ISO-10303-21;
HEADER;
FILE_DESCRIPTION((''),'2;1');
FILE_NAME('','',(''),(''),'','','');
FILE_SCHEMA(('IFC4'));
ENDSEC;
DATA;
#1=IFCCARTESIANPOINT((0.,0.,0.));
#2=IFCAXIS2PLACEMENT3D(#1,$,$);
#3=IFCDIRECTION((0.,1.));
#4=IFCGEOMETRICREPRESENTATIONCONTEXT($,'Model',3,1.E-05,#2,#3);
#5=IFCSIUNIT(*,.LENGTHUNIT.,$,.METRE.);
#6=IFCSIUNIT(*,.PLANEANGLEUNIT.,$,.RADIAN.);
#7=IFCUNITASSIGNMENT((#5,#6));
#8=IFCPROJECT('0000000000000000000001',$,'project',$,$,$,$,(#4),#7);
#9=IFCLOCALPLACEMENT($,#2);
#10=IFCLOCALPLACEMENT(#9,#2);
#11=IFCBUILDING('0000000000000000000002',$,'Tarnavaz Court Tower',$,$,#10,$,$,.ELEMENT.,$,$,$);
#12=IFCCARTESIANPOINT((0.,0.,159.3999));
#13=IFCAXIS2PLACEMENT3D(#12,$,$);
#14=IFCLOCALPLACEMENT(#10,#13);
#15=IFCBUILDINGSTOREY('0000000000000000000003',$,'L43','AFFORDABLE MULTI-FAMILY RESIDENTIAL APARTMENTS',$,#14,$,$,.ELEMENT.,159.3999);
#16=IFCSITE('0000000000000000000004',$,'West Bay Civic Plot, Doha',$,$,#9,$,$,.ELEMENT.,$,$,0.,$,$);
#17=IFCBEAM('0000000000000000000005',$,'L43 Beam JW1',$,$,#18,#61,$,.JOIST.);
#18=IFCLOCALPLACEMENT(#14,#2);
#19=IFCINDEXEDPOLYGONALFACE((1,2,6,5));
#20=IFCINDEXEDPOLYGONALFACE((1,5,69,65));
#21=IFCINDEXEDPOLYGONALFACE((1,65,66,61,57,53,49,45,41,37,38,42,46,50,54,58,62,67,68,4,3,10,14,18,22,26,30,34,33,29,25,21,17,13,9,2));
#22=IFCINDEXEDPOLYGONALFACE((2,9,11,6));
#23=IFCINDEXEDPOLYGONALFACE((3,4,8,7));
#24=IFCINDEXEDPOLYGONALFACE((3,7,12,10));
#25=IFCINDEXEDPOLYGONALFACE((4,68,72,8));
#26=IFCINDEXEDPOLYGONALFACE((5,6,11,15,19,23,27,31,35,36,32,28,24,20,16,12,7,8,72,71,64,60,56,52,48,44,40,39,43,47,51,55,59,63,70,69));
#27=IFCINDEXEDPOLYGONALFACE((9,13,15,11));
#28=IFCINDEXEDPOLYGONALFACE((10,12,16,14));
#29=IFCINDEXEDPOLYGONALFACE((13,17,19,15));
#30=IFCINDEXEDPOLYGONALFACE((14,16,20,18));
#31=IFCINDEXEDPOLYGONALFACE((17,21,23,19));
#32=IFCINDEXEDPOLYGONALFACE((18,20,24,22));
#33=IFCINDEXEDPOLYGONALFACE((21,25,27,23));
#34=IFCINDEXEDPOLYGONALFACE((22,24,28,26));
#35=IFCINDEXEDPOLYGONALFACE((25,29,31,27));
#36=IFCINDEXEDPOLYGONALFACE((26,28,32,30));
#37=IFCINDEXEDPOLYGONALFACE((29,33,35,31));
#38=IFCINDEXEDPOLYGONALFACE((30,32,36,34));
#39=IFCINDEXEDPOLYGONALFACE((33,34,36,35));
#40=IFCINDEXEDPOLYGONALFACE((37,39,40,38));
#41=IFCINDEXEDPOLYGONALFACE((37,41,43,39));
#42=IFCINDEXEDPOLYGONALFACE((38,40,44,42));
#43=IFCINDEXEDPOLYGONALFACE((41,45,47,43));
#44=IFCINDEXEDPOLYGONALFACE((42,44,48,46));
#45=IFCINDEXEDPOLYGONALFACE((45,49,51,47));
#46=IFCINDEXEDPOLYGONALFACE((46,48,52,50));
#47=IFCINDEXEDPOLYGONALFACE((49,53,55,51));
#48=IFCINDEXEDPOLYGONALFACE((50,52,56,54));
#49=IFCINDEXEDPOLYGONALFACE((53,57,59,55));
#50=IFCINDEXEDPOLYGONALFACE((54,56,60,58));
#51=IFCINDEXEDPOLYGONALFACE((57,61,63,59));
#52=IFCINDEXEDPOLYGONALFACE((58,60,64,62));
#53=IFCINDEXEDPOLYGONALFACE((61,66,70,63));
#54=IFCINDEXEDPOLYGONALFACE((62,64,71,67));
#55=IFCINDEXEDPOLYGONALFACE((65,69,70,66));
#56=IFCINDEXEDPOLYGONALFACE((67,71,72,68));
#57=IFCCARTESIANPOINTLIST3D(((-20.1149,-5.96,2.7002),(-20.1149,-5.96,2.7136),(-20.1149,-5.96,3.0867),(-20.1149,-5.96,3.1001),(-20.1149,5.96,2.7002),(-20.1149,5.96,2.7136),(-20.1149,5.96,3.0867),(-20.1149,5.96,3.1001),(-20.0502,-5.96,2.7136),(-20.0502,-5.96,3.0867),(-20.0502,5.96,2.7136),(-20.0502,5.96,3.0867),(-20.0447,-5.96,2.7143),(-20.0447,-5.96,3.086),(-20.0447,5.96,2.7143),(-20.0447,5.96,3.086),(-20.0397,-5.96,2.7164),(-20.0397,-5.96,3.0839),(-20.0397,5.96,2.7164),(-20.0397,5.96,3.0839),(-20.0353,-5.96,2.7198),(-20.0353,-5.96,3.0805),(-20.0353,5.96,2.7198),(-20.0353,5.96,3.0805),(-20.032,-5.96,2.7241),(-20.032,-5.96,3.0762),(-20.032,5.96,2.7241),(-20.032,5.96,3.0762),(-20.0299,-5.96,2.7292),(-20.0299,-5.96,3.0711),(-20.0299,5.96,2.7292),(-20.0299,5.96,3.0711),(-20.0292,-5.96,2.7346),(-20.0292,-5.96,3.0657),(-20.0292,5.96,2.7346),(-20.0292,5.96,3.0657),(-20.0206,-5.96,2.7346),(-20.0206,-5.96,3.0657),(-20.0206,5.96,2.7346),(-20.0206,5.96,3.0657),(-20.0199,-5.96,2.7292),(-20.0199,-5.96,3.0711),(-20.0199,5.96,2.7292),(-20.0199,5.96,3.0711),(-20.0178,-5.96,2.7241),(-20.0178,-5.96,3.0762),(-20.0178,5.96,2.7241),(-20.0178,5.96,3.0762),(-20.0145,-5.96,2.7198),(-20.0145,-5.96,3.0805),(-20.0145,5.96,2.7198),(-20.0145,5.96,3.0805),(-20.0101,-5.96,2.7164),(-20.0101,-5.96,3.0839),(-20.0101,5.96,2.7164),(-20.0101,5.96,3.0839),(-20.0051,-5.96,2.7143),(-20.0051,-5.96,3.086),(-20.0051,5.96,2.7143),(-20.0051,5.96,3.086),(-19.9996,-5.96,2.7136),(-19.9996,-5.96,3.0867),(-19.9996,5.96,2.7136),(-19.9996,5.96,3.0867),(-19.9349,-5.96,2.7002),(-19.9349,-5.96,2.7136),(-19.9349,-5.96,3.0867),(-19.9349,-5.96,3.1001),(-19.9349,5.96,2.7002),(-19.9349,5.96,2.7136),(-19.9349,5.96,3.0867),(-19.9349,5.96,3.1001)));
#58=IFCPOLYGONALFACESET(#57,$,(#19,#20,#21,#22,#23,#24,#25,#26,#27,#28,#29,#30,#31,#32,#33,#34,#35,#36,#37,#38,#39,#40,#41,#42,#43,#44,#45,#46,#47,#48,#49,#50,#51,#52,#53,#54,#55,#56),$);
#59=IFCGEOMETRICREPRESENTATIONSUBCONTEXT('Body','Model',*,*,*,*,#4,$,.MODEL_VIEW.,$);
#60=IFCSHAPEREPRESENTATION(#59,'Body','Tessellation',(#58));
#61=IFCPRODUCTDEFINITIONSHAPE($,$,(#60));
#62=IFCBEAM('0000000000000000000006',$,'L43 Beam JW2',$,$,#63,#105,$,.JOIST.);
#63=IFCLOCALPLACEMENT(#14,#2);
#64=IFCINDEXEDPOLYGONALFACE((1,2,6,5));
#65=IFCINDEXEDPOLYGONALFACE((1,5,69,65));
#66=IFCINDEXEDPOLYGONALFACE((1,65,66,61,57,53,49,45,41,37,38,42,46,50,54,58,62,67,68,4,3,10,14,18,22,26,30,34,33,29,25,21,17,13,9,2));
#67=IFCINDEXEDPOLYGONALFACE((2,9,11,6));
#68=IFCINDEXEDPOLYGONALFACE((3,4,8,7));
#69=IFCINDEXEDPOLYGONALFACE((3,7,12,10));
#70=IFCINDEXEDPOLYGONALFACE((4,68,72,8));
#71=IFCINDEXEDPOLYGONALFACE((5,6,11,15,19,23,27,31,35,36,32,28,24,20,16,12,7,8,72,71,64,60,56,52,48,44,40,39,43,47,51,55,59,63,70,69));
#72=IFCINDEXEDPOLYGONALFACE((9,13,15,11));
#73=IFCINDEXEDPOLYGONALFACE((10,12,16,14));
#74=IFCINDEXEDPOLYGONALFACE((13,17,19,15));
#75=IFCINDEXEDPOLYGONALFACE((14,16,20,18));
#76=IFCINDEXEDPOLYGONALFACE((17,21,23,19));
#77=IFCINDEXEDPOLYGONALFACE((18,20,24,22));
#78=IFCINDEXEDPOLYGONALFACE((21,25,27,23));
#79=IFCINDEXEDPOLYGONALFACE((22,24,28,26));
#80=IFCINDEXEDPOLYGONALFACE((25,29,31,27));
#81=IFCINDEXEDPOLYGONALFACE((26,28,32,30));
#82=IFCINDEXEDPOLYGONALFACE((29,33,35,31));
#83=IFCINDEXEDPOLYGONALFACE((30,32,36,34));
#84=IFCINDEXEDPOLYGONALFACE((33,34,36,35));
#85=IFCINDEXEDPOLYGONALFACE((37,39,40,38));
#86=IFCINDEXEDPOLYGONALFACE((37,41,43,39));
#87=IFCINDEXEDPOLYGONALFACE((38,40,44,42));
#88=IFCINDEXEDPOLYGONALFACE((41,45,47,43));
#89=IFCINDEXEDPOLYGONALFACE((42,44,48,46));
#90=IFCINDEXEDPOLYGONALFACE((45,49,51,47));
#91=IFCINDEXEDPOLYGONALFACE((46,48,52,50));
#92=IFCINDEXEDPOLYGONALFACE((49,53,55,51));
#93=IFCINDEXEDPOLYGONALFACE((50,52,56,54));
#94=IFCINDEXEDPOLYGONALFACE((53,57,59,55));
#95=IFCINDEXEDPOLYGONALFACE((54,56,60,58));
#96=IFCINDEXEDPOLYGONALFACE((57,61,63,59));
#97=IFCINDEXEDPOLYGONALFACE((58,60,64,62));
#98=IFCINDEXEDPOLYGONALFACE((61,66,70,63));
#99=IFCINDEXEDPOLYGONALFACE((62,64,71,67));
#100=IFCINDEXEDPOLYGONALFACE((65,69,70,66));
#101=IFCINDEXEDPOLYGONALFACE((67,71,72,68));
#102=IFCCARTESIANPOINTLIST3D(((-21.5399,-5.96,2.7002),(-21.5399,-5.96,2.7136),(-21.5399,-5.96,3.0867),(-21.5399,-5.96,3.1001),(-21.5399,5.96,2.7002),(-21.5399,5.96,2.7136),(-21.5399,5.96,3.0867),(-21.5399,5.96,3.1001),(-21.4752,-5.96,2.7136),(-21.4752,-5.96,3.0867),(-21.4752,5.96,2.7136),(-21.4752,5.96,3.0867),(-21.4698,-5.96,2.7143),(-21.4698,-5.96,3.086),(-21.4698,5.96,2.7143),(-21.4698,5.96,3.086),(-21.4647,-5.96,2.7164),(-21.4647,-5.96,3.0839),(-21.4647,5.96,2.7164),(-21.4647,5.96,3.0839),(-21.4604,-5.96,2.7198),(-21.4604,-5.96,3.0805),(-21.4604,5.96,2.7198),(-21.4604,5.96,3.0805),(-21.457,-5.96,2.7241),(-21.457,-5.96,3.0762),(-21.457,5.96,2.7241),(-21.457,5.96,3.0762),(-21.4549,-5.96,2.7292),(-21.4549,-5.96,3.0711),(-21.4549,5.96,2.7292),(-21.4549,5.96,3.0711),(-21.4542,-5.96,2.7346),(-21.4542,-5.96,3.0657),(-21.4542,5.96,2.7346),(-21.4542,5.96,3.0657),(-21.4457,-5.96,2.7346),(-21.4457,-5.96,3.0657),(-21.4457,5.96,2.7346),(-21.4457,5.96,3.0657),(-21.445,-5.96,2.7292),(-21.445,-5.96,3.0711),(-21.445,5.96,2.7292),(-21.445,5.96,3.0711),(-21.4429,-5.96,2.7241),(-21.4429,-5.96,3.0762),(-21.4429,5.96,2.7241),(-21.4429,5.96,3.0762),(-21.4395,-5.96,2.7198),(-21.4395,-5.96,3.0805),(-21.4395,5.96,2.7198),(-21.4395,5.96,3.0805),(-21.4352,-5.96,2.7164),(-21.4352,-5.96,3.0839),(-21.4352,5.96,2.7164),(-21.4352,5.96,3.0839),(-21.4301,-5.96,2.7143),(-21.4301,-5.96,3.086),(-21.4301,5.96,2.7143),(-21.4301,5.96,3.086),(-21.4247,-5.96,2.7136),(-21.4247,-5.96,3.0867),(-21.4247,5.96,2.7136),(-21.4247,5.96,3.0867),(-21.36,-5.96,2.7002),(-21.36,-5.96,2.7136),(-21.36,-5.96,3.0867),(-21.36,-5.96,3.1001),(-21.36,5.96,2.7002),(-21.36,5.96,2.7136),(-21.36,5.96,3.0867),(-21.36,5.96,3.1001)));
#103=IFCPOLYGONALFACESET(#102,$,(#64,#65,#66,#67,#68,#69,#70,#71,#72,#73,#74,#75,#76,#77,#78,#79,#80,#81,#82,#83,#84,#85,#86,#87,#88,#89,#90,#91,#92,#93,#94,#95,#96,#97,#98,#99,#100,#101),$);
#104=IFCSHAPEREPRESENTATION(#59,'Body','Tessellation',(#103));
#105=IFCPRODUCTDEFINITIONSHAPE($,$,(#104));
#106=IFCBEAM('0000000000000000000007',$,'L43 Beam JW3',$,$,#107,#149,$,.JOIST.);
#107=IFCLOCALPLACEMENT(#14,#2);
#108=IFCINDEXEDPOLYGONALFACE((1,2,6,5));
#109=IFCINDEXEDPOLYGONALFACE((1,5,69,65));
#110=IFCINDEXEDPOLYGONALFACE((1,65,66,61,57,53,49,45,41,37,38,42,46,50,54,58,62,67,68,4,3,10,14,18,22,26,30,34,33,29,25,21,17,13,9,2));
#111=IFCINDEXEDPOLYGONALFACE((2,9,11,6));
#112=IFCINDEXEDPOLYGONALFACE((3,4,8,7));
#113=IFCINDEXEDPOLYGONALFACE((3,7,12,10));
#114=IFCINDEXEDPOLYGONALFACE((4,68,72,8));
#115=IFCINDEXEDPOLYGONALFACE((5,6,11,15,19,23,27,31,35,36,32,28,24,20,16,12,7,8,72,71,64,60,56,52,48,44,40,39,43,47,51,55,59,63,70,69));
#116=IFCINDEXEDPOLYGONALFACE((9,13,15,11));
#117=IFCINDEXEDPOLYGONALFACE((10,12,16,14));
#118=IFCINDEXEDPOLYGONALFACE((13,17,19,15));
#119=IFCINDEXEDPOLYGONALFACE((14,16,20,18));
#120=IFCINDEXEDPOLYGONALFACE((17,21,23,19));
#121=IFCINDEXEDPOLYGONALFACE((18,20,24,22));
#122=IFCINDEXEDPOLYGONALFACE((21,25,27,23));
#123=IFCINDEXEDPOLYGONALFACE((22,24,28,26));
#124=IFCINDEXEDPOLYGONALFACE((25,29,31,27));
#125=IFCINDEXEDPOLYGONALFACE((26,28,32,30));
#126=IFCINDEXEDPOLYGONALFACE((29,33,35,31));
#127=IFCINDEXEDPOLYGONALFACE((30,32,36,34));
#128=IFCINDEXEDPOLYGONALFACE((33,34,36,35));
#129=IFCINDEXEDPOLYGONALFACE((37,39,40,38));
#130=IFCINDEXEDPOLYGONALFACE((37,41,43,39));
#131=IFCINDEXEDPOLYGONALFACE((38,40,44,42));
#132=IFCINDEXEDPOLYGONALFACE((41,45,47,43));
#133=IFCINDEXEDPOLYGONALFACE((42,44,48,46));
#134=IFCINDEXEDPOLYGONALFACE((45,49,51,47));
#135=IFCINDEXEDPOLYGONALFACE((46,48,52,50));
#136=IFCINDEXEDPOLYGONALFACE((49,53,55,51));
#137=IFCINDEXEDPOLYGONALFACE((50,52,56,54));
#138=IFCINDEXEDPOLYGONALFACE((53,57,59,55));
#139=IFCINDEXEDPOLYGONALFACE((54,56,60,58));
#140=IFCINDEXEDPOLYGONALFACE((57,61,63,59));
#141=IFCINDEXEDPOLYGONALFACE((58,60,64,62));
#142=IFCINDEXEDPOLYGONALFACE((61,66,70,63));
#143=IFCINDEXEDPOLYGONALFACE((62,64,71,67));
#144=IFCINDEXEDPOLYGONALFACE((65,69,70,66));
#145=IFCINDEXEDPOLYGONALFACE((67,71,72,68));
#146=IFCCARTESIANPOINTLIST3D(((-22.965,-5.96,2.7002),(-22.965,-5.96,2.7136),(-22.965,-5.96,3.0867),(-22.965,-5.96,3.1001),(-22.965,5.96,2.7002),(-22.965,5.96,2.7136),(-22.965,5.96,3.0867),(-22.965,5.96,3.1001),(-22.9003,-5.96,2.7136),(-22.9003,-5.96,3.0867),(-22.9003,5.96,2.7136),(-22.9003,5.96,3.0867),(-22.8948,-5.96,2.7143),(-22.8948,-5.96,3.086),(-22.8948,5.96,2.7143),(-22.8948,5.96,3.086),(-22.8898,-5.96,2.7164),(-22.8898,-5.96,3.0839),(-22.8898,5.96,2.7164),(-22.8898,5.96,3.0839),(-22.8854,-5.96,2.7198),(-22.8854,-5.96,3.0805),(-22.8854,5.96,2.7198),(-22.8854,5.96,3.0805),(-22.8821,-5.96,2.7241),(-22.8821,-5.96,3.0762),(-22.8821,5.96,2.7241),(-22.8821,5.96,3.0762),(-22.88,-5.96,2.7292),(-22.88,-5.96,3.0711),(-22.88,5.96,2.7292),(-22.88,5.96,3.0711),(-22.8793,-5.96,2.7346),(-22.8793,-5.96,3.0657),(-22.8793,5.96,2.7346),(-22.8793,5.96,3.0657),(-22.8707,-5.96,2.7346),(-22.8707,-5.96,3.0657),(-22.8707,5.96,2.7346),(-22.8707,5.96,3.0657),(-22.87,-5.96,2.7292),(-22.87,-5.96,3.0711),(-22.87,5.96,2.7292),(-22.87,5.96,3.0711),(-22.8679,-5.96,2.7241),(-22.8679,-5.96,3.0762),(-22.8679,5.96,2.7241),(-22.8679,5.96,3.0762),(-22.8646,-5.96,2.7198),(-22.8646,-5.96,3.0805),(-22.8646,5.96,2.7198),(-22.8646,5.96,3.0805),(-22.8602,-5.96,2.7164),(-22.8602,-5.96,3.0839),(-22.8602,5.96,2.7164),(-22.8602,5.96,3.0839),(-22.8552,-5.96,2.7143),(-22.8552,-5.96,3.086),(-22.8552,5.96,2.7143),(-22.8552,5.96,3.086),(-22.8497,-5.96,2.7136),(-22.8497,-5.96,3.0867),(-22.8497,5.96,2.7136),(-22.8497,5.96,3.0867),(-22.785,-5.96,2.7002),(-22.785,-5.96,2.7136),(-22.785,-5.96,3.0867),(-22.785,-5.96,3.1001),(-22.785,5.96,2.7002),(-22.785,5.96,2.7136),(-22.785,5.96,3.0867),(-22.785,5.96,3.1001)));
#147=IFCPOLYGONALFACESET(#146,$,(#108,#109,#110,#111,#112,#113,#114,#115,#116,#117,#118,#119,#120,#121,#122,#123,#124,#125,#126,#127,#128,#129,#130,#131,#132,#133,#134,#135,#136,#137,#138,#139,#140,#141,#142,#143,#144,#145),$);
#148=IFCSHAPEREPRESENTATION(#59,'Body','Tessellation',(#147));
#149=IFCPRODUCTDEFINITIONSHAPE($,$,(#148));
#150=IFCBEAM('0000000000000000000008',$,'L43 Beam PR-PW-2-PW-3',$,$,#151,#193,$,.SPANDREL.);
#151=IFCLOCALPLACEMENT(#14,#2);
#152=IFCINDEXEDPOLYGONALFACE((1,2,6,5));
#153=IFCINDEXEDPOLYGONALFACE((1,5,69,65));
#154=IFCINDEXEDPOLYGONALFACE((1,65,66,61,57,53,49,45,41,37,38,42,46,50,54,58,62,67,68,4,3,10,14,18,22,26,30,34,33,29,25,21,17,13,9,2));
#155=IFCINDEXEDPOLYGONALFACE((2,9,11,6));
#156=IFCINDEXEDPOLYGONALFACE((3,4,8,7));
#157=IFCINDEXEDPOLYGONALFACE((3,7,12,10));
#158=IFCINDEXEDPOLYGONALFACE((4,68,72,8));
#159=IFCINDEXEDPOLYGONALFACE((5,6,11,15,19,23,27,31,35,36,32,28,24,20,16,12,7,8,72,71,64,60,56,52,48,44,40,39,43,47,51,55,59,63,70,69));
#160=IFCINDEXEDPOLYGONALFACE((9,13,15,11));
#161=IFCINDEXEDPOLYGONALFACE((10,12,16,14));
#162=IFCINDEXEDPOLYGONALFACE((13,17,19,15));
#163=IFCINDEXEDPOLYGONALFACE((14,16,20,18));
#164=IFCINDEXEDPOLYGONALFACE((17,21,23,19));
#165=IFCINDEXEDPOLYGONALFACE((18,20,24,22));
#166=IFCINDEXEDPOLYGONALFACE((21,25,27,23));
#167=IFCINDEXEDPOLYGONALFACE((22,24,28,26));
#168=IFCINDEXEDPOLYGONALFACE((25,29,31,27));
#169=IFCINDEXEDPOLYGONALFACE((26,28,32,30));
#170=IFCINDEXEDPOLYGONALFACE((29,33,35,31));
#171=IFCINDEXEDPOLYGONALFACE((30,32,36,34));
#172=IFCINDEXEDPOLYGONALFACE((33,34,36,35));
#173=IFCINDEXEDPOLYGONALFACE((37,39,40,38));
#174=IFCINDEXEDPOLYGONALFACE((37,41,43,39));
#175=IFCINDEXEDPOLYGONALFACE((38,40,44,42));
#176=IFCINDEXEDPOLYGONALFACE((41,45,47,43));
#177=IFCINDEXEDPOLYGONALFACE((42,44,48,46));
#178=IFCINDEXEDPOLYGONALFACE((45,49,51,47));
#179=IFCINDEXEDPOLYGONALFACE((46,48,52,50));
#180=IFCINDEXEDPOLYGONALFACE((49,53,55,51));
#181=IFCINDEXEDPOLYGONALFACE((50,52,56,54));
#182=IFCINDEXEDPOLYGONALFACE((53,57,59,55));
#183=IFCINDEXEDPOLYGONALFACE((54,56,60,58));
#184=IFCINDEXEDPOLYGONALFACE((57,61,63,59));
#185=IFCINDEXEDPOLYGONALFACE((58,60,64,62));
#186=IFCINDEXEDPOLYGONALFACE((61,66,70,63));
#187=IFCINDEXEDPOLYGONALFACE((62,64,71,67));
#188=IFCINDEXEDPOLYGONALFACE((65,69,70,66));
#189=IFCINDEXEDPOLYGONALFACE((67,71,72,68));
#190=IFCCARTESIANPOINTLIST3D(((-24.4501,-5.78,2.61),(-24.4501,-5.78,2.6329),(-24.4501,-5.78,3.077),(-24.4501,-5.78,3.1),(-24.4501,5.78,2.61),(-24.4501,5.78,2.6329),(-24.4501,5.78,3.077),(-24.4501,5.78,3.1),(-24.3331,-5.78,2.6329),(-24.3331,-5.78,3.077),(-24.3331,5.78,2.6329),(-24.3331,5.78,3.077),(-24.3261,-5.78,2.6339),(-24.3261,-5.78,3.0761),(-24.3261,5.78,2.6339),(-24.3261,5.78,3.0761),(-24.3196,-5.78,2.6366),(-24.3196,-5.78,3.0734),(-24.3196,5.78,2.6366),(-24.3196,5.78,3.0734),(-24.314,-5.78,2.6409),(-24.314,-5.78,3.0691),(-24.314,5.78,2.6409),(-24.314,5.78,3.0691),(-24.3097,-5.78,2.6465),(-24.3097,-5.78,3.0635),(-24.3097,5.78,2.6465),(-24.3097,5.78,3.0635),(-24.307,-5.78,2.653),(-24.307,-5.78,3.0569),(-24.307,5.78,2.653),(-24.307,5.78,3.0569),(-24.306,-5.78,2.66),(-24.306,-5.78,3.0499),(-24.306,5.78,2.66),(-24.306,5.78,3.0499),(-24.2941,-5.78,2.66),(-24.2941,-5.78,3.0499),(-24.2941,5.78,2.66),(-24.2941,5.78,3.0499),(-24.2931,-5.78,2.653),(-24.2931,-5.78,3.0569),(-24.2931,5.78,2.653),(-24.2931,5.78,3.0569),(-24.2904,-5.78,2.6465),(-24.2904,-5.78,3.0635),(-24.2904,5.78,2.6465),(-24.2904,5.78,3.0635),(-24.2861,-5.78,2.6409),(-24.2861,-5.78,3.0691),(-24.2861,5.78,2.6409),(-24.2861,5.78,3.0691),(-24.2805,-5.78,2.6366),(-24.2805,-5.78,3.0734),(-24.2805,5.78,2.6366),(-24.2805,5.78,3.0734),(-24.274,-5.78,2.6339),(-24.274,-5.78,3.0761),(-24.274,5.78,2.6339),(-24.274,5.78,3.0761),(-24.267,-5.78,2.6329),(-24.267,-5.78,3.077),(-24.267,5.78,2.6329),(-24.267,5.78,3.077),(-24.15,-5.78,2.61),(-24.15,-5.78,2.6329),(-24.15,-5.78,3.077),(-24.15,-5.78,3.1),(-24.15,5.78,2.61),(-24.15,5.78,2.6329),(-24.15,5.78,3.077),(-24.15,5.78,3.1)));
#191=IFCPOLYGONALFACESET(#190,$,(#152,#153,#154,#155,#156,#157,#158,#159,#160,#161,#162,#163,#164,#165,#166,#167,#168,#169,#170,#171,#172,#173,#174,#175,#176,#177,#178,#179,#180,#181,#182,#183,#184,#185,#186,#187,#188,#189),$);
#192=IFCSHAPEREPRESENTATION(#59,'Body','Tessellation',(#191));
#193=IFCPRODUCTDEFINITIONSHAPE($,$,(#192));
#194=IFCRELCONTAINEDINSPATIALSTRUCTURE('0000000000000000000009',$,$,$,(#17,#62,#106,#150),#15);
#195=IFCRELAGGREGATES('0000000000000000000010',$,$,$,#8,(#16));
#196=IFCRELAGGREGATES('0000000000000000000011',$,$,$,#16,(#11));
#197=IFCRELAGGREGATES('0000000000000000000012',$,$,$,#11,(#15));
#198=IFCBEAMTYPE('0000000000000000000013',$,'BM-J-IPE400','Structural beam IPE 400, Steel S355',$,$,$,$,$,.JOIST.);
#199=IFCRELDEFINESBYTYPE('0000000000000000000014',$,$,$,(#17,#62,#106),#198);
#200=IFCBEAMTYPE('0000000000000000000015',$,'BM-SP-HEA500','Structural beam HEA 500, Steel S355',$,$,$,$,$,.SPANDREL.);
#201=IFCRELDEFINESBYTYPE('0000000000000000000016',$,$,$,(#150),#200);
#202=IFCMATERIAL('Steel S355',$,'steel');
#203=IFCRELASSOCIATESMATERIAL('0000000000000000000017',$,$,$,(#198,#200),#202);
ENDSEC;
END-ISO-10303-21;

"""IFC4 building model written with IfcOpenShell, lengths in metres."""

from ifc_helpers import new_model, si_unit, direction, frame, origin, origin_2d, place, context, subcontext, project, spatial, i_section, extrude, material, material_profile, profile_set, type_object, element, save


model = new_model("IFC4")

# Units and contexts
model_context = context("Model", 3, precision=1e-05, world=origin(), true_north=direction((0.0, 1.0)))
body_context = subcontext(model_context, "Body", "Model", "MODEL_VIEW")
ifc_project = project(units=[si_unit("LENGTHUNIT", "METRE"), si_unit("PLANEANGLEUNIT", "RADIAN")], contexts=[model_context])

# Site, building, storey
site_placement = place(None, origin())
site = spatial("IfcSite", under=ifc_project, at=site_placement, Name="West Bay Civic Plot, Doha", CompositionType="ELEMENT", RefElevation=0.0)
building_placement = place(site_placement, origin())
building = spatial("IfcBuilding", under=site, at=building_placement, Name="Tarnavaz Court Tower", CompositionType="ELEMENT")
storey_placement = place(building_placement, frame((0.0, 0.0, 159.3999)))
storey = spatial("IfcBuildingStorey", under=building, at=storey_placement, Name="L43", Description="AFFORDABLE MULTI-FAMILY RESIDENTIAL APARTMENTS", CompositionType="ELEMENT", Elevation=159.3999)

# Beams
ifc_material_1 = material(Name="Steel S355", Category="steel")
ifc_material_profile_1 = material_profile(ifc_material_1, i_section(OverallWidth=0.1799, OverallDepth=0.3999, WebThickness=0.0085, FlangeThickness=0.0134, FilletRadius=0.021, at=origin_2d()), Name="IPE 400")
ifc_profile_set_1 = profile_set([ifc_material_profile_1], Name="Steel S355")
beam_type_1 = type_object("IfcBeamType", Name="BM-J-IPE400", Description="Structural beam IPE 400, Steel S355", PredefinedType="JOIST", material=ifc_profile_set_1)
for number, where, z_axis, x_axis, name in (
    (1, (-20.0249, -5.96, 2.9001), (0.0, 1.0, 0.0), (-1.0, 0.0, 0.0), "L43 Beam JW1"),
    (2, (-21.45, -5.96, 2.9001), (0.0, 1.0, 0.0), (-1.0, 0.0, 0.0), "L43 Beam JW2"),
    (3, (-22.875, -5.96, 2.9001), (0.0, 1.0, 0.0), (-1.0, 0.0, 0.0), "L43 Beam JW3"),
):
    element("IfcBeam", number, at=place(storey_placement, frame(where, z_axis=z_axis, x_axis=x_axis)), inside=storey, type_object=beam_type_1, Name=name, PredefinedType="JOIST", context=body_context, shape_type="SweptSolid", body=[
        extrude(i_section(OverallWidth=0.1799, OverallDepth=0.3999, WebThickness=0.0085, FlangeThickness=0.0134, FilletRadius=0.021, at=origin_2d()), origin(), (0.0, 0.0, 1.0), 11.9199),
    ])
ifc_material_profile_2 = material_profile(ifc_material_1, i_section(OverallWidth=0.3, OverallDepth=0.49, WebThickness=0.012, FlangeThickness=0.0229, FilletRadius=0.0271, at=origin_2d()), Name="HEA 500")
ifc_profile_set_2 = profile_set([ifc_material_profile_2], Name="Steel S355")
beam_type_2 = type_object("IfcBeamType", Name="BM-SP-HEA500", Description="Structural beam HEA 500, Steel S355", PredefinedType="SPANDREL", material=ifc_profile_set_2)
beam_1_placement = place(storey_placement, frame((-24.3, -5.78, 2.855), z_axis=(0.0, 1.0, 0.0), x_axis=(-1.0, 0.0, 0.0)))
element("IfcBeam", 4, at=beam_1_placement, inside=storey, type_object=beam_type_2, Name="L43 Beam PR-PW-2-PW-3", PredefinedType="SPANDREL", context=body_context, shape_type="SweptSolid", body=[
    extrude(i_section(OverallWidth=0.3, OverallDepth=0.49, WebThickness=0.012, FlangeThickness=0.0229, FilletRadius=0.0271, at=origin_2d()), origin(), (0.0, 0.0, 1.0), 11.5601),
])

save(model, "model.ifc")
